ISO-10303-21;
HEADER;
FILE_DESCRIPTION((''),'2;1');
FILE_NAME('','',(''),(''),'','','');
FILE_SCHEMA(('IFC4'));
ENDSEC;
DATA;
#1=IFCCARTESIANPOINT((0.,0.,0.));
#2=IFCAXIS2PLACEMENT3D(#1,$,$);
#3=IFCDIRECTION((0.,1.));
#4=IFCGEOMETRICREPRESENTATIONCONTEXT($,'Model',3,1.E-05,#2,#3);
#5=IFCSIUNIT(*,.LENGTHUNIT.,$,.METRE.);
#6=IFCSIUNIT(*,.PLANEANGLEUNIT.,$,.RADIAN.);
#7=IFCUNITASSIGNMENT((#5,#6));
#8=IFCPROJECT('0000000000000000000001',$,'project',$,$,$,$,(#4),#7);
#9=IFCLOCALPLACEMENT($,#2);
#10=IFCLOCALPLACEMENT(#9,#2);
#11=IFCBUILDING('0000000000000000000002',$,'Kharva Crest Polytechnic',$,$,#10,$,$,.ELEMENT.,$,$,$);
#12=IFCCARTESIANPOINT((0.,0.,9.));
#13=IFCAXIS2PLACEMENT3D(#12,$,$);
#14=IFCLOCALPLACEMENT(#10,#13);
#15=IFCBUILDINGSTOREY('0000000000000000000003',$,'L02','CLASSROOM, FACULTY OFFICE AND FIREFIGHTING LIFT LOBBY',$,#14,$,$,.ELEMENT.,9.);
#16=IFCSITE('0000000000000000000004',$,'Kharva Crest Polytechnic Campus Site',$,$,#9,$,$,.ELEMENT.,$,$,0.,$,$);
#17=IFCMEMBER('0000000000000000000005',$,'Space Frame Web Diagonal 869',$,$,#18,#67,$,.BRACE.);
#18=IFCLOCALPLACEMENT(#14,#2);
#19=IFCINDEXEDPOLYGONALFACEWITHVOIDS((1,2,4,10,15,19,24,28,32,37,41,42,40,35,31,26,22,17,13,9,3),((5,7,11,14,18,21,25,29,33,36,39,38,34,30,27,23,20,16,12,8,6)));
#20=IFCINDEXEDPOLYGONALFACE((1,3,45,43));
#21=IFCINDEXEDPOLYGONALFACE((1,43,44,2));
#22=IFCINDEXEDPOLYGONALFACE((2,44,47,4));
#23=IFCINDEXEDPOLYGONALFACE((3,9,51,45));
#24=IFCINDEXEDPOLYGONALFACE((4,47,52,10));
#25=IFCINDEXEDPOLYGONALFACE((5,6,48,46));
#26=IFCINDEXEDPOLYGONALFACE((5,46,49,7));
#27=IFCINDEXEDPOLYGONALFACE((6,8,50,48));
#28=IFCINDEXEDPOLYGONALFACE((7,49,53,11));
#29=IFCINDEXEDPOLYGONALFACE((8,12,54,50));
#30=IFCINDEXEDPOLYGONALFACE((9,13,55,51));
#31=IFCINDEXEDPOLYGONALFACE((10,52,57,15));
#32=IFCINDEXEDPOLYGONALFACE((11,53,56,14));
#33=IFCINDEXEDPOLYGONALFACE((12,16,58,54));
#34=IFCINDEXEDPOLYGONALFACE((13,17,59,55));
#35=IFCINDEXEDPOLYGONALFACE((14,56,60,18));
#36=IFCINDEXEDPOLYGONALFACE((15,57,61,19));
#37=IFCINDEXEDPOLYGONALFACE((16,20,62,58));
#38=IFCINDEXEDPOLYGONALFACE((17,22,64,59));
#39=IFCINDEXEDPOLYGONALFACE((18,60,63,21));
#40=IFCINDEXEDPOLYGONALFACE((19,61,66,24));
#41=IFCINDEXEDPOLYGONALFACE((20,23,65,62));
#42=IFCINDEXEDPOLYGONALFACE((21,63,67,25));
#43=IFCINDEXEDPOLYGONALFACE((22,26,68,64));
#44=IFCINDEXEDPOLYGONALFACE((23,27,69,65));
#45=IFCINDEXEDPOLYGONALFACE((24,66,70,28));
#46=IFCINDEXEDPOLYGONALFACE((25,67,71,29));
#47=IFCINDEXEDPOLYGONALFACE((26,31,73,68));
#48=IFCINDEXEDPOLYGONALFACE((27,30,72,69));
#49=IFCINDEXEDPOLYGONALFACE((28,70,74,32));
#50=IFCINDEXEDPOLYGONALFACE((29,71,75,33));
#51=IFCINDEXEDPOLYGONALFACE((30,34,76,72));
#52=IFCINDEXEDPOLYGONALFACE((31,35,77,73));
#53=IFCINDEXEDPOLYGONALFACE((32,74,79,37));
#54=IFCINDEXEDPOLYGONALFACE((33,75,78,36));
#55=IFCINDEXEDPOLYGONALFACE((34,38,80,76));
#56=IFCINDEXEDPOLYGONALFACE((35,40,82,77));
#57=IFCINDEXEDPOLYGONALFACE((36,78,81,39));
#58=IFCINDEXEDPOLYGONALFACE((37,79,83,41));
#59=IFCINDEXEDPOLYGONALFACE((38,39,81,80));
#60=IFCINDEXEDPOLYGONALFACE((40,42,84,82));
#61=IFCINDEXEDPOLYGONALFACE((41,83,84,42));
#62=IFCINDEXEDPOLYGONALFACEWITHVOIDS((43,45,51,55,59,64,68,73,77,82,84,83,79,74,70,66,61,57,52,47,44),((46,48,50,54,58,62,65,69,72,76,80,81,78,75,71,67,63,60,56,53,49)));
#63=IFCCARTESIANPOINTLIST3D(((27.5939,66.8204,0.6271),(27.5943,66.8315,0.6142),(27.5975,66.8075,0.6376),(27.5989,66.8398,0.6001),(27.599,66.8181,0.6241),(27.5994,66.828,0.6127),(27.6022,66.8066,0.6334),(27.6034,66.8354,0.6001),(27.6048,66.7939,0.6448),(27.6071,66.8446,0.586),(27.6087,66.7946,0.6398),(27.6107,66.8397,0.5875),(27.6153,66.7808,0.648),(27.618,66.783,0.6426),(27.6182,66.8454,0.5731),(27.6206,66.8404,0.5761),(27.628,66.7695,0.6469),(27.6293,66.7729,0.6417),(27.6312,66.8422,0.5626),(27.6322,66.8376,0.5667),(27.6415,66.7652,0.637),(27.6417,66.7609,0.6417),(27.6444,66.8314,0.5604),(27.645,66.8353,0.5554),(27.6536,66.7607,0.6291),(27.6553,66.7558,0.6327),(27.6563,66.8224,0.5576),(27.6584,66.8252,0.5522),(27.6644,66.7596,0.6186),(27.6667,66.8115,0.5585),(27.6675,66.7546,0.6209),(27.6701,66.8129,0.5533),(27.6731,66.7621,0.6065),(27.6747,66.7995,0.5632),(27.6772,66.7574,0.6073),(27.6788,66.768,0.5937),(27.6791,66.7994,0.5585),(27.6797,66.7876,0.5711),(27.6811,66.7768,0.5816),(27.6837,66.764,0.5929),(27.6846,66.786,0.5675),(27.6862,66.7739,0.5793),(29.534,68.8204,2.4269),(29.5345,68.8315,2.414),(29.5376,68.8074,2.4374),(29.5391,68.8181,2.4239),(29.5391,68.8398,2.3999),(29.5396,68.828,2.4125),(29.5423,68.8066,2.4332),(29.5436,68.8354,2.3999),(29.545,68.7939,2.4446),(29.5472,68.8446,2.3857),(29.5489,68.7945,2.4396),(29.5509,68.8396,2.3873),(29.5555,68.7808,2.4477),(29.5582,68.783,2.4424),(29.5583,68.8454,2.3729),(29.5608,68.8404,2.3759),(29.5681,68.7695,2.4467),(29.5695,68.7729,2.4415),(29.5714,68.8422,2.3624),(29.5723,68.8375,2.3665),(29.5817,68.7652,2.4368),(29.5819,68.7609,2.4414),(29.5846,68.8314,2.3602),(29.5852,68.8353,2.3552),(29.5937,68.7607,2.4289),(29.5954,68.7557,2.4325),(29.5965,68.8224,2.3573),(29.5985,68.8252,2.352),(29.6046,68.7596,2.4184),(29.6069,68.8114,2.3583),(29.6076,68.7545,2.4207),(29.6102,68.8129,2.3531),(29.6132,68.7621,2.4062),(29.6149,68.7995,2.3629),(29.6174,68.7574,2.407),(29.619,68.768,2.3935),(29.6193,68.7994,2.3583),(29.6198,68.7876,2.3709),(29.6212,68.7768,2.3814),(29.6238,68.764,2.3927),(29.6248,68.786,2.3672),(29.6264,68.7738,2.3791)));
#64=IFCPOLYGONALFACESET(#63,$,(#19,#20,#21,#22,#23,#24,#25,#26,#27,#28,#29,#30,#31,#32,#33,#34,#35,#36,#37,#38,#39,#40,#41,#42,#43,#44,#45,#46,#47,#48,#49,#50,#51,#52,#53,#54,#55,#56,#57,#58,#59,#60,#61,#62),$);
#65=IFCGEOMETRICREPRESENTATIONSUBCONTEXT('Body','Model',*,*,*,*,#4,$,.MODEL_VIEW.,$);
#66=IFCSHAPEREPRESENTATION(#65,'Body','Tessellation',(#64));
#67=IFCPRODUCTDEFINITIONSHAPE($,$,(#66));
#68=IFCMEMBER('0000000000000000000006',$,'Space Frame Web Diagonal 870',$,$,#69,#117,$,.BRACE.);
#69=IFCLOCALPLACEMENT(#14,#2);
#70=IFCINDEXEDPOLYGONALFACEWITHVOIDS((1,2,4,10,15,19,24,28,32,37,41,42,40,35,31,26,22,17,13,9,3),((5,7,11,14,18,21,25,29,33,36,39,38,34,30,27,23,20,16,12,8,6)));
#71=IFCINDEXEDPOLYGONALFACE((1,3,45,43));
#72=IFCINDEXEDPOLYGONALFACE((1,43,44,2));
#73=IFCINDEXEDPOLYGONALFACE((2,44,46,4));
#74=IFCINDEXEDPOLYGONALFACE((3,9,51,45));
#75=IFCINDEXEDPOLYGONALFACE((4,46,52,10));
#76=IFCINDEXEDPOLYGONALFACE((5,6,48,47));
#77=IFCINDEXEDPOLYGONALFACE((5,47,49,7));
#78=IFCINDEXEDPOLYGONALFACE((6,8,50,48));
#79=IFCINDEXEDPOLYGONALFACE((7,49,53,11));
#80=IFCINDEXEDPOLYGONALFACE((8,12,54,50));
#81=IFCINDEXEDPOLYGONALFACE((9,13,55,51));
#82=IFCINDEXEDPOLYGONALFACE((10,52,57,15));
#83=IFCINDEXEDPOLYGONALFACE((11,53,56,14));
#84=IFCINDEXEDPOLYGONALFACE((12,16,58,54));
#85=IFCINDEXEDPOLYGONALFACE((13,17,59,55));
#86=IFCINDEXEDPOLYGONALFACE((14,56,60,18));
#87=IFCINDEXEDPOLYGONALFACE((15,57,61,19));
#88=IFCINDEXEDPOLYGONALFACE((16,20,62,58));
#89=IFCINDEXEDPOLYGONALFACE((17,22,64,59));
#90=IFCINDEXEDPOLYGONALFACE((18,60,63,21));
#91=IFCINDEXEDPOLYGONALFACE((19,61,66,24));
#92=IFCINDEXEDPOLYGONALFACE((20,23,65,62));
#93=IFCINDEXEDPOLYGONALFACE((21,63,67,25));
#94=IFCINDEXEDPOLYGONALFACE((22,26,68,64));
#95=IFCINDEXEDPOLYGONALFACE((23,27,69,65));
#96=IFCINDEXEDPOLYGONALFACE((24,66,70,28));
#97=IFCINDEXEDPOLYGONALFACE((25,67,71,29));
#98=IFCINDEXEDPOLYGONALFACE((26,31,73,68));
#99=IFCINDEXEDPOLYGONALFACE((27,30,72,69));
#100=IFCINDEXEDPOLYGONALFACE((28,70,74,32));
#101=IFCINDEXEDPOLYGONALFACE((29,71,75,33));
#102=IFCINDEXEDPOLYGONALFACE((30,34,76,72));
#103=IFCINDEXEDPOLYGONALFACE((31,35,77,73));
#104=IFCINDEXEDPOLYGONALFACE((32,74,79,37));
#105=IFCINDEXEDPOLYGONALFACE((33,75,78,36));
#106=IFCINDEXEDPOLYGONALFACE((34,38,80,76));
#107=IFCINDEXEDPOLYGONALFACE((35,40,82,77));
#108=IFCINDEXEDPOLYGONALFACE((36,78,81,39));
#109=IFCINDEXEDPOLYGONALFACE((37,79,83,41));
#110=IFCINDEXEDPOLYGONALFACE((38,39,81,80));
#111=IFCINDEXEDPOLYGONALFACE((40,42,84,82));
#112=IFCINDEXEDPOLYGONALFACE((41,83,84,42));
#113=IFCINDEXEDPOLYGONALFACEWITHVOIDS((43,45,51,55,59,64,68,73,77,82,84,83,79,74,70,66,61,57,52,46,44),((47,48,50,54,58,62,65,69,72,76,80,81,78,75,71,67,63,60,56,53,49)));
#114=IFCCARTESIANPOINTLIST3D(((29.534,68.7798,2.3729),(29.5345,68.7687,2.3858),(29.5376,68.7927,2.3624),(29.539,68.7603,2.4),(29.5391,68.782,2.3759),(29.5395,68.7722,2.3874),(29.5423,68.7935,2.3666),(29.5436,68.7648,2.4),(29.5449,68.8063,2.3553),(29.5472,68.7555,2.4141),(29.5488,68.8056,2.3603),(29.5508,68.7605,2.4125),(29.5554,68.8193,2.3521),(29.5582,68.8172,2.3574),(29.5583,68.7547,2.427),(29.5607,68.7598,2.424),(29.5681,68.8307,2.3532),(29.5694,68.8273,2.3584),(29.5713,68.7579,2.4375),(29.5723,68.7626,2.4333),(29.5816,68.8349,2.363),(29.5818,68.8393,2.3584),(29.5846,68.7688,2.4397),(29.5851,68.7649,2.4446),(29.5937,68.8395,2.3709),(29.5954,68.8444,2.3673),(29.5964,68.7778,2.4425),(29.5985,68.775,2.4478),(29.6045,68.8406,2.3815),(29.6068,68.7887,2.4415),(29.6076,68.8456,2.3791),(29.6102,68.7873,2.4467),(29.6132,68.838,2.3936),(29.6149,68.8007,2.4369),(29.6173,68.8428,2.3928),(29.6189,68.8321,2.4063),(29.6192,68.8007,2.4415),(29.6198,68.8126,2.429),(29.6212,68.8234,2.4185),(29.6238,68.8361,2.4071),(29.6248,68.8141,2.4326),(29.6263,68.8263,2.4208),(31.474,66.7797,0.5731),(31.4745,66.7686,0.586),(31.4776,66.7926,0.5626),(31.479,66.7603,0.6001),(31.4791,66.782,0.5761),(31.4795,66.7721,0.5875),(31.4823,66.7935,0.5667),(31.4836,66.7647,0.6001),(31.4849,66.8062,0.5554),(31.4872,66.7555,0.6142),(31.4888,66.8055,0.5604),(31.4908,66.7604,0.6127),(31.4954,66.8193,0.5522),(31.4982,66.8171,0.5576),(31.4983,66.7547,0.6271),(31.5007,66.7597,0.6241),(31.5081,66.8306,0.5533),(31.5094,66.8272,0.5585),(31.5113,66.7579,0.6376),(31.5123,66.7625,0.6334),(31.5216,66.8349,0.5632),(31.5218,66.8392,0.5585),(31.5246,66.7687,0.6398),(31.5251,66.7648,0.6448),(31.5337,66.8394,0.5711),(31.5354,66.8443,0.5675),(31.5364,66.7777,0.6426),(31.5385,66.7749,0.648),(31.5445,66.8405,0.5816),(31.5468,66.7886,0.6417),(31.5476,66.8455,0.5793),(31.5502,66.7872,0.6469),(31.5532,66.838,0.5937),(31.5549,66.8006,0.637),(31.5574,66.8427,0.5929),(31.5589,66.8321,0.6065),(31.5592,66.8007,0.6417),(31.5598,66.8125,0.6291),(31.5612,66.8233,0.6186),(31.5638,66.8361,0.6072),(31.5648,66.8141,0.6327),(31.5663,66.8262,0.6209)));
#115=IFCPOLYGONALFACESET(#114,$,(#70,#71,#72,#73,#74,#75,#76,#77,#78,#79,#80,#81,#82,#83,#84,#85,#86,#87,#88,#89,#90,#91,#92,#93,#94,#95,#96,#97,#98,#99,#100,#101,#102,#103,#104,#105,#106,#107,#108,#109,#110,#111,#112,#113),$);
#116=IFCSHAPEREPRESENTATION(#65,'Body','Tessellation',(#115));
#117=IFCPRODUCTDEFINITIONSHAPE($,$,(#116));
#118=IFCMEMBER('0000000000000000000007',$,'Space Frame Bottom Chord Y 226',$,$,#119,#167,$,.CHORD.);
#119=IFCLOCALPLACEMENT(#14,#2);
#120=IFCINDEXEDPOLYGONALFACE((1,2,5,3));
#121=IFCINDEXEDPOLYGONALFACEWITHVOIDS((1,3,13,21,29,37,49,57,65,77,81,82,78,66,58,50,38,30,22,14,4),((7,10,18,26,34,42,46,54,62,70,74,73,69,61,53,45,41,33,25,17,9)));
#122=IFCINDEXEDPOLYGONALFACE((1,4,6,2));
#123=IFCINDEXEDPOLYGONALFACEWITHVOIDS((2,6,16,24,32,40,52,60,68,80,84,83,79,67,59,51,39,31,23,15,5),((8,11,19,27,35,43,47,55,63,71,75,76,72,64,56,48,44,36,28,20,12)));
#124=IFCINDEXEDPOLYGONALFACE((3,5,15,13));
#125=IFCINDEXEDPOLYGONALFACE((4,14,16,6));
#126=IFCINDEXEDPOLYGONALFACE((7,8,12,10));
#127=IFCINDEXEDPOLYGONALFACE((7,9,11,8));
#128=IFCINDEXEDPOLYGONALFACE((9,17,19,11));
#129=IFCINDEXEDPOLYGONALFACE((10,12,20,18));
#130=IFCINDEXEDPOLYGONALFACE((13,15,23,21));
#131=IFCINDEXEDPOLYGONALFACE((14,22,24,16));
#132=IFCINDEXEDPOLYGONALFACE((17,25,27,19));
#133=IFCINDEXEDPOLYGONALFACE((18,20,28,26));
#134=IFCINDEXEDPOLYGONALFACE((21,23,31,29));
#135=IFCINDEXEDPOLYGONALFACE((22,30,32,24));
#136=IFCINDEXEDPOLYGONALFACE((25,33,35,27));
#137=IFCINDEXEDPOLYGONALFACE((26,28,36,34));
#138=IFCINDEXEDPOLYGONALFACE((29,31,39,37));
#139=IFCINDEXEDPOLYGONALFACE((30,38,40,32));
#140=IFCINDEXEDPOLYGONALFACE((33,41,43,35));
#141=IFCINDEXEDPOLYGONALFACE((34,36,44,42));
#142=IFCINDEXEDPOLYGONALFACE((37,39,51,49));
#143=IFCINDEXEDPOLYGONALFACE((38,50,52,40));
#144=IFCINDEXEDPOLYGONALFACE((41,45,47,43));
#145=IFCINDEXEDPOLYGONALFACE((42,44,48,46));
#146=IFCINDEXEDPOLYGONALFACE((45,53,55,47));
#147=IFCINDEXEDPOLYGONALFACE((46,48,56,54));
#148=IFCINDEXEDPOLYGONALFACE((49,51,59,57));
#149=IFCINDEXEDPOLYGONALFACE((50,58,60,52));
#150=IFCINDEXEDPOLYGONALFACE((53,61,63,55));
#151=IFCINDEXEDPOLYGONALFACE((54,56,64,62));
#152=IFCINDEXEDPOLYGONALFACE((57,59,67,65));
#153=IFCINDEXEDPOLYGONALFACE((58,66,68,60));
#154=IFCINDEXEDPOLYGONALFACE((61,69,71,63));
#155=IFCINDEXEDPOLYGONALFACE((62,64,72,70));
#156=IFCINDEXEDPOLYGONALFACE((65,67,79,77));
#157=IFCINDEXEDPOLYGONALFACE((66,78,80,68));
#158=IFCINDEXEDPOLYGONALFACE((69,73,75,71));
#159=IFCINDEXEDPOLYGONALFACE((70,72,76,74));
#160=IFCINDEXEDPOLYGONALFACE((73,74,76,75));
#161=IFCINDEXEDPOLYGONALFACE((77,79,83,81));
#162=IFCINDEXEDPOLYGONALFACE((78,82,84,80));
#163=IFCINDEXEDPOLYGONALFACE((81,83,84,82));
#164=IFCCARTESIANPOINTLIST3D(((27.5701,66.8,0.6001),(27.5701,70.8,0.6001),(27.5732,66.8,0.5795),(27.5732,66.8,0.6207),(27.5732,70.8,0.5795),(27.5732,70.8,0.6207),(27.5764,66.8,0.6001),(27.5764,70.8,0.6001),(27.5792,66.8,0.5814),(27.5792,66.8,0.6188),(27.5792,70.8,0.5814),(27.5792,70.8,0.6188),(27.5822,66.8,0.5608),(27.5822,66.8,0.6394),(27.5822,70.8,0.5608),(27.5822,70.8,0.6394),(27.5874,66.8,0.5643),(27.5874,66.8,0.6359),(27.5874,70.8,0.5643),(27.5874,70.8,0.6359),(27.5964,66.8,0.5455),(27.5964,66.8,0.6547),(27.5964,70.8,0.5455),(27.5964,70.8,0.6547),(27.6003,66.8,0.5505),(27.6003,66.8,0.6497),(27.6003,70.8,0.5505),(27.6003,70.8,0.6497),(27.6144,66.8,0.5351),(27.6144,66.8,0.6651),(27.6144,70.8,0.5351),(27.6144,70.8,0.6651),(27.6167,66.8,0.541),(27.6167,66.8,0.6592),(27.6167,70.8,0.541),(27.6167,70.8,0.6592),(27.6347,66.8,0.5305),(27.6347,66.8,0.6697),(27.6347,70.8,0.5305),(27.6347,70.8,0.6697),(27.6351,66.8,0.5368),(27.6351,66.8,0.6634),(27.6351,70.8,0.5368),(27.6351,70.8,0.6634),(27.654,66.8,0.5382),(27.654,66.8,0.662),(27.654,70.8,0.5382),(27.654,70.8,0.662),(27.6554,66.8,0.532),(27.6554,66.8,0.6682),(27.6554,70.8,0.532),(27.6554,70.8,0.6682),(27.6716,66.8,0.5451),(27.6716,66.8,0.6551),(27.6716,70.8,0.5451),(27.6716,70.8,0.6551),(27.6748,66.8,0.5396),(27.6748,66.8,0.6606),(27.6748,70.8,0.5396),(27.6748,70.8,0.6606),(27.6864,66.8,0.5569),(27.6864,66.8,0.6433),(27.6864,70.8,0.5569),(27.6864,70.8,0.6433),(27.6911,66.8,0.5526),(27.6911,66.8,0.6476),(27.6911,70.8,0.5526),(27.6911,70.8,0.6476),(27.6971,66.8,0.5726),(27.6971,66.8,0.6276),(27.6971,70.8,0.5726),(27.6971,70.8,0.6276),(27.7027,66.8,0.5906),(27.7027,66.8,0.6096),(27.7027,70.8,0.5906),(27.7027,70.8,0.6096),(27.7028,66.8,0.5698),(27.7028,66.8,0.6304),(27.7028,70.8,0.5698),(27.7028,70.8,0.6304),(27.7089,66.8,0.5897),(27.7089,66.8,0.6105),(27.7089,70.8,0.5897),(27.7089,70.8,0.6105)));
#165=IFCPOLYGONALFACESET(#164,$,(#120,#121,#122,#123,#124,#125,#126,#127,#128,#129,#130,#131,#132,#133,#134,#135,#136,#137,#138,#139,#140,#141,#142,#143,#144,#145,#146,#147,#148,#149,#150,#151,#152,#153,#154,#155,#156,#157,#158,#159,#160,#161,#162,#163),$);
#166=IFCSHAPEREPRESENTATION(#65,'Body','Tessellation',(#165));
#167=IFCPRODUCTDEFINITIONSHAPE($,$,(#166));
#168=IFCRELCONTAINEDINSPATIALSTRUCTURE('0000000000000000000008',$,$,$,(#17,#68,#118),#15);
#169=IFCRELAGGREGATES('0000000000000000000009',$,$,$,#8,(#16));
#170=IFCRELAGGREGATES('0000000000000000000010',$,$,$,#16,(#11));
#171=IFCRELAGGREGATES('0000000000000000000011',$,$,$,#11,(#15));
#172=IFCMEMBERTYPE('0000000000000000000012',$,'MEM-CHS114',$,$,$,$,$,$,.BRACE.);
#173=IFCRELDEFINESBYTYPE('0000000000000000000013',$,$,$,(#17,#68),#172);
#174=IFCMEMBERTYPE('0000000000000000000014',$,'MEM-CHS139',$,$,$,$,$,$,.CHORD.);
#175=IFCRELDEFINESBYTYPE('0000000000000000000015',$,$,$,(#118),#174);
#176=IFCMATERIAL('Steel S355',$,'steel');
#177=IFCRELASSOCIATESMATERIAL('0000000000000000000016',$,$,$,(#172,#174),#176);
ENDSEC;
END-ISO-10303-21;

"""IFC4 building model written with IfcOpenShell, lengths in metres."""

from ifc_helpers import new_model, si_unit, direction, frame, origin, origin_2d, place, context, subcontext, project, spatial, hollow_circle, extrude, material, material_profile, profile_set, type_object, element, save


model = new_model("IFC4")

# Units and contexts
model_context = context("Model", 3, precision=1e-05, world=origin(), true_north=direction((0.0, 1.0)))
body_context = subcontext(model_context, "Body", "Model", "MODEL_VIEW")
ifc_project = project(units=[si_unit("LENGTHUNIT", "METRE"), si_unit("PLANEANGLEUNIT", "RADIAN")], contexts=[model_context])

# Site, building, storey
site_placement = place(None, origin())
site = spatial("IfcSite", under=ifc_project, at=site_placement, Name="Kharva Crest Polytechnic Campus Site", CompositionType="ELEMENT", RefElevation=0.0)
building_placement = place(site_placement, origin())
building = spatial("IfcBuilding", under=site, at=building_placement, Name="Kharva Crest Polytechnic", CompositionType="ELEMENT")
storey_placement = place(building_placement, frame((0.0, 0.0, 9.0)))
storey = spatial("IfcBuildingStorey", under=building, at=storey_placement, Name="L02", Description="CLASSROOM, FACULTY OFFICE AND FIREFIGHTING LIFT LOBBY", CompositionType="ELEMENT", Elevation=9.0)

# Shared definitions
ifc_material_1 = material(Name="Steel S355", Category="steel")

# Members
ifc_material_profile_1 = material_profile(ifc_material_1, hollow_circle(Radius=0.0571, WallThickness=0.0063, at=origin_2d()), Name="CHS 114.3X6.3")
ifc_profile_set_1 = profile_set([ifc_material_profile_1], Name="Steel S355")
member_type_1 = type_object("IfcMemberType", Name="MEM-CHS114", PredefinedType="BRACE", material=ifc_profile_set_1)
for number, where, z_axis, x_axis, name in (
    (1, (27.6399, 66.8, 0.6001), (0.584892, 0.602924, 0.542572), (-0.717758, 0.696292, 0.0), "Space Frame Web Diagonal 869"),
    (2, (31.52, 66.8, 0.6001), (-0.584843, 0.60295, 0.542596), (-0.717802, -0.696247, 0.0), "Space Frame Web Diagonal 870"),
):
    element("IfcMember", number, at=place(storey_placement, frame(where, z_axis=z_axis, x_axis=x_axis)), inside=storey, type_object=member_type_1, Name=name, PredefinedType="BRACE", context=body_context, shape_type="SweptSolid", body=[
        extrude(hollow_circle(Radius=0.0571, WallThickness=0.0063, at=origin_2d()), origin(), (0.0, 0.0, 1.0), 3.3171),
    ])
ifc_material_profile_2 = material_profile(ifc_material_1, hollow_circle(Radius=0.0698, WallThickness=0.0063, at=origin_2d()), Name="CHS 139.7X6.3")
ifc_profile_set_2 = profile_set([ifc_material_profile_2], Name="Steel S355")
member_type_2 = type_object("IfcMemberType", Name="MEM-CHS139", PredefinedType="CHORD", material=ifc_profile_set_2)
for number, where, z_axis, x_axis, name in (
    (3, (27.6399, 66.8, 0.6001), (0.0, 1.0, 0.0), (-1.0, 0.0, 0.0), "Space Frame Bottom Chord Y 226"),
):
    element("IfcMember", number, at=place(storey_placement, frame(where, z_axis=z_axis, x_axis=x_axis)), inside=storey, type_object=member_type_2, Name=name, PredefinedType="CHORD", context=body_context, shape_type="SweptSolid", body=[
        extrude(hollow_circle(Radius=0.0698, WallThickness=0.0063, at=origin_2d()), origin(), (0.0, 0.0, 1.0), 4.0),
    ])

save(model, "model.ifc")
